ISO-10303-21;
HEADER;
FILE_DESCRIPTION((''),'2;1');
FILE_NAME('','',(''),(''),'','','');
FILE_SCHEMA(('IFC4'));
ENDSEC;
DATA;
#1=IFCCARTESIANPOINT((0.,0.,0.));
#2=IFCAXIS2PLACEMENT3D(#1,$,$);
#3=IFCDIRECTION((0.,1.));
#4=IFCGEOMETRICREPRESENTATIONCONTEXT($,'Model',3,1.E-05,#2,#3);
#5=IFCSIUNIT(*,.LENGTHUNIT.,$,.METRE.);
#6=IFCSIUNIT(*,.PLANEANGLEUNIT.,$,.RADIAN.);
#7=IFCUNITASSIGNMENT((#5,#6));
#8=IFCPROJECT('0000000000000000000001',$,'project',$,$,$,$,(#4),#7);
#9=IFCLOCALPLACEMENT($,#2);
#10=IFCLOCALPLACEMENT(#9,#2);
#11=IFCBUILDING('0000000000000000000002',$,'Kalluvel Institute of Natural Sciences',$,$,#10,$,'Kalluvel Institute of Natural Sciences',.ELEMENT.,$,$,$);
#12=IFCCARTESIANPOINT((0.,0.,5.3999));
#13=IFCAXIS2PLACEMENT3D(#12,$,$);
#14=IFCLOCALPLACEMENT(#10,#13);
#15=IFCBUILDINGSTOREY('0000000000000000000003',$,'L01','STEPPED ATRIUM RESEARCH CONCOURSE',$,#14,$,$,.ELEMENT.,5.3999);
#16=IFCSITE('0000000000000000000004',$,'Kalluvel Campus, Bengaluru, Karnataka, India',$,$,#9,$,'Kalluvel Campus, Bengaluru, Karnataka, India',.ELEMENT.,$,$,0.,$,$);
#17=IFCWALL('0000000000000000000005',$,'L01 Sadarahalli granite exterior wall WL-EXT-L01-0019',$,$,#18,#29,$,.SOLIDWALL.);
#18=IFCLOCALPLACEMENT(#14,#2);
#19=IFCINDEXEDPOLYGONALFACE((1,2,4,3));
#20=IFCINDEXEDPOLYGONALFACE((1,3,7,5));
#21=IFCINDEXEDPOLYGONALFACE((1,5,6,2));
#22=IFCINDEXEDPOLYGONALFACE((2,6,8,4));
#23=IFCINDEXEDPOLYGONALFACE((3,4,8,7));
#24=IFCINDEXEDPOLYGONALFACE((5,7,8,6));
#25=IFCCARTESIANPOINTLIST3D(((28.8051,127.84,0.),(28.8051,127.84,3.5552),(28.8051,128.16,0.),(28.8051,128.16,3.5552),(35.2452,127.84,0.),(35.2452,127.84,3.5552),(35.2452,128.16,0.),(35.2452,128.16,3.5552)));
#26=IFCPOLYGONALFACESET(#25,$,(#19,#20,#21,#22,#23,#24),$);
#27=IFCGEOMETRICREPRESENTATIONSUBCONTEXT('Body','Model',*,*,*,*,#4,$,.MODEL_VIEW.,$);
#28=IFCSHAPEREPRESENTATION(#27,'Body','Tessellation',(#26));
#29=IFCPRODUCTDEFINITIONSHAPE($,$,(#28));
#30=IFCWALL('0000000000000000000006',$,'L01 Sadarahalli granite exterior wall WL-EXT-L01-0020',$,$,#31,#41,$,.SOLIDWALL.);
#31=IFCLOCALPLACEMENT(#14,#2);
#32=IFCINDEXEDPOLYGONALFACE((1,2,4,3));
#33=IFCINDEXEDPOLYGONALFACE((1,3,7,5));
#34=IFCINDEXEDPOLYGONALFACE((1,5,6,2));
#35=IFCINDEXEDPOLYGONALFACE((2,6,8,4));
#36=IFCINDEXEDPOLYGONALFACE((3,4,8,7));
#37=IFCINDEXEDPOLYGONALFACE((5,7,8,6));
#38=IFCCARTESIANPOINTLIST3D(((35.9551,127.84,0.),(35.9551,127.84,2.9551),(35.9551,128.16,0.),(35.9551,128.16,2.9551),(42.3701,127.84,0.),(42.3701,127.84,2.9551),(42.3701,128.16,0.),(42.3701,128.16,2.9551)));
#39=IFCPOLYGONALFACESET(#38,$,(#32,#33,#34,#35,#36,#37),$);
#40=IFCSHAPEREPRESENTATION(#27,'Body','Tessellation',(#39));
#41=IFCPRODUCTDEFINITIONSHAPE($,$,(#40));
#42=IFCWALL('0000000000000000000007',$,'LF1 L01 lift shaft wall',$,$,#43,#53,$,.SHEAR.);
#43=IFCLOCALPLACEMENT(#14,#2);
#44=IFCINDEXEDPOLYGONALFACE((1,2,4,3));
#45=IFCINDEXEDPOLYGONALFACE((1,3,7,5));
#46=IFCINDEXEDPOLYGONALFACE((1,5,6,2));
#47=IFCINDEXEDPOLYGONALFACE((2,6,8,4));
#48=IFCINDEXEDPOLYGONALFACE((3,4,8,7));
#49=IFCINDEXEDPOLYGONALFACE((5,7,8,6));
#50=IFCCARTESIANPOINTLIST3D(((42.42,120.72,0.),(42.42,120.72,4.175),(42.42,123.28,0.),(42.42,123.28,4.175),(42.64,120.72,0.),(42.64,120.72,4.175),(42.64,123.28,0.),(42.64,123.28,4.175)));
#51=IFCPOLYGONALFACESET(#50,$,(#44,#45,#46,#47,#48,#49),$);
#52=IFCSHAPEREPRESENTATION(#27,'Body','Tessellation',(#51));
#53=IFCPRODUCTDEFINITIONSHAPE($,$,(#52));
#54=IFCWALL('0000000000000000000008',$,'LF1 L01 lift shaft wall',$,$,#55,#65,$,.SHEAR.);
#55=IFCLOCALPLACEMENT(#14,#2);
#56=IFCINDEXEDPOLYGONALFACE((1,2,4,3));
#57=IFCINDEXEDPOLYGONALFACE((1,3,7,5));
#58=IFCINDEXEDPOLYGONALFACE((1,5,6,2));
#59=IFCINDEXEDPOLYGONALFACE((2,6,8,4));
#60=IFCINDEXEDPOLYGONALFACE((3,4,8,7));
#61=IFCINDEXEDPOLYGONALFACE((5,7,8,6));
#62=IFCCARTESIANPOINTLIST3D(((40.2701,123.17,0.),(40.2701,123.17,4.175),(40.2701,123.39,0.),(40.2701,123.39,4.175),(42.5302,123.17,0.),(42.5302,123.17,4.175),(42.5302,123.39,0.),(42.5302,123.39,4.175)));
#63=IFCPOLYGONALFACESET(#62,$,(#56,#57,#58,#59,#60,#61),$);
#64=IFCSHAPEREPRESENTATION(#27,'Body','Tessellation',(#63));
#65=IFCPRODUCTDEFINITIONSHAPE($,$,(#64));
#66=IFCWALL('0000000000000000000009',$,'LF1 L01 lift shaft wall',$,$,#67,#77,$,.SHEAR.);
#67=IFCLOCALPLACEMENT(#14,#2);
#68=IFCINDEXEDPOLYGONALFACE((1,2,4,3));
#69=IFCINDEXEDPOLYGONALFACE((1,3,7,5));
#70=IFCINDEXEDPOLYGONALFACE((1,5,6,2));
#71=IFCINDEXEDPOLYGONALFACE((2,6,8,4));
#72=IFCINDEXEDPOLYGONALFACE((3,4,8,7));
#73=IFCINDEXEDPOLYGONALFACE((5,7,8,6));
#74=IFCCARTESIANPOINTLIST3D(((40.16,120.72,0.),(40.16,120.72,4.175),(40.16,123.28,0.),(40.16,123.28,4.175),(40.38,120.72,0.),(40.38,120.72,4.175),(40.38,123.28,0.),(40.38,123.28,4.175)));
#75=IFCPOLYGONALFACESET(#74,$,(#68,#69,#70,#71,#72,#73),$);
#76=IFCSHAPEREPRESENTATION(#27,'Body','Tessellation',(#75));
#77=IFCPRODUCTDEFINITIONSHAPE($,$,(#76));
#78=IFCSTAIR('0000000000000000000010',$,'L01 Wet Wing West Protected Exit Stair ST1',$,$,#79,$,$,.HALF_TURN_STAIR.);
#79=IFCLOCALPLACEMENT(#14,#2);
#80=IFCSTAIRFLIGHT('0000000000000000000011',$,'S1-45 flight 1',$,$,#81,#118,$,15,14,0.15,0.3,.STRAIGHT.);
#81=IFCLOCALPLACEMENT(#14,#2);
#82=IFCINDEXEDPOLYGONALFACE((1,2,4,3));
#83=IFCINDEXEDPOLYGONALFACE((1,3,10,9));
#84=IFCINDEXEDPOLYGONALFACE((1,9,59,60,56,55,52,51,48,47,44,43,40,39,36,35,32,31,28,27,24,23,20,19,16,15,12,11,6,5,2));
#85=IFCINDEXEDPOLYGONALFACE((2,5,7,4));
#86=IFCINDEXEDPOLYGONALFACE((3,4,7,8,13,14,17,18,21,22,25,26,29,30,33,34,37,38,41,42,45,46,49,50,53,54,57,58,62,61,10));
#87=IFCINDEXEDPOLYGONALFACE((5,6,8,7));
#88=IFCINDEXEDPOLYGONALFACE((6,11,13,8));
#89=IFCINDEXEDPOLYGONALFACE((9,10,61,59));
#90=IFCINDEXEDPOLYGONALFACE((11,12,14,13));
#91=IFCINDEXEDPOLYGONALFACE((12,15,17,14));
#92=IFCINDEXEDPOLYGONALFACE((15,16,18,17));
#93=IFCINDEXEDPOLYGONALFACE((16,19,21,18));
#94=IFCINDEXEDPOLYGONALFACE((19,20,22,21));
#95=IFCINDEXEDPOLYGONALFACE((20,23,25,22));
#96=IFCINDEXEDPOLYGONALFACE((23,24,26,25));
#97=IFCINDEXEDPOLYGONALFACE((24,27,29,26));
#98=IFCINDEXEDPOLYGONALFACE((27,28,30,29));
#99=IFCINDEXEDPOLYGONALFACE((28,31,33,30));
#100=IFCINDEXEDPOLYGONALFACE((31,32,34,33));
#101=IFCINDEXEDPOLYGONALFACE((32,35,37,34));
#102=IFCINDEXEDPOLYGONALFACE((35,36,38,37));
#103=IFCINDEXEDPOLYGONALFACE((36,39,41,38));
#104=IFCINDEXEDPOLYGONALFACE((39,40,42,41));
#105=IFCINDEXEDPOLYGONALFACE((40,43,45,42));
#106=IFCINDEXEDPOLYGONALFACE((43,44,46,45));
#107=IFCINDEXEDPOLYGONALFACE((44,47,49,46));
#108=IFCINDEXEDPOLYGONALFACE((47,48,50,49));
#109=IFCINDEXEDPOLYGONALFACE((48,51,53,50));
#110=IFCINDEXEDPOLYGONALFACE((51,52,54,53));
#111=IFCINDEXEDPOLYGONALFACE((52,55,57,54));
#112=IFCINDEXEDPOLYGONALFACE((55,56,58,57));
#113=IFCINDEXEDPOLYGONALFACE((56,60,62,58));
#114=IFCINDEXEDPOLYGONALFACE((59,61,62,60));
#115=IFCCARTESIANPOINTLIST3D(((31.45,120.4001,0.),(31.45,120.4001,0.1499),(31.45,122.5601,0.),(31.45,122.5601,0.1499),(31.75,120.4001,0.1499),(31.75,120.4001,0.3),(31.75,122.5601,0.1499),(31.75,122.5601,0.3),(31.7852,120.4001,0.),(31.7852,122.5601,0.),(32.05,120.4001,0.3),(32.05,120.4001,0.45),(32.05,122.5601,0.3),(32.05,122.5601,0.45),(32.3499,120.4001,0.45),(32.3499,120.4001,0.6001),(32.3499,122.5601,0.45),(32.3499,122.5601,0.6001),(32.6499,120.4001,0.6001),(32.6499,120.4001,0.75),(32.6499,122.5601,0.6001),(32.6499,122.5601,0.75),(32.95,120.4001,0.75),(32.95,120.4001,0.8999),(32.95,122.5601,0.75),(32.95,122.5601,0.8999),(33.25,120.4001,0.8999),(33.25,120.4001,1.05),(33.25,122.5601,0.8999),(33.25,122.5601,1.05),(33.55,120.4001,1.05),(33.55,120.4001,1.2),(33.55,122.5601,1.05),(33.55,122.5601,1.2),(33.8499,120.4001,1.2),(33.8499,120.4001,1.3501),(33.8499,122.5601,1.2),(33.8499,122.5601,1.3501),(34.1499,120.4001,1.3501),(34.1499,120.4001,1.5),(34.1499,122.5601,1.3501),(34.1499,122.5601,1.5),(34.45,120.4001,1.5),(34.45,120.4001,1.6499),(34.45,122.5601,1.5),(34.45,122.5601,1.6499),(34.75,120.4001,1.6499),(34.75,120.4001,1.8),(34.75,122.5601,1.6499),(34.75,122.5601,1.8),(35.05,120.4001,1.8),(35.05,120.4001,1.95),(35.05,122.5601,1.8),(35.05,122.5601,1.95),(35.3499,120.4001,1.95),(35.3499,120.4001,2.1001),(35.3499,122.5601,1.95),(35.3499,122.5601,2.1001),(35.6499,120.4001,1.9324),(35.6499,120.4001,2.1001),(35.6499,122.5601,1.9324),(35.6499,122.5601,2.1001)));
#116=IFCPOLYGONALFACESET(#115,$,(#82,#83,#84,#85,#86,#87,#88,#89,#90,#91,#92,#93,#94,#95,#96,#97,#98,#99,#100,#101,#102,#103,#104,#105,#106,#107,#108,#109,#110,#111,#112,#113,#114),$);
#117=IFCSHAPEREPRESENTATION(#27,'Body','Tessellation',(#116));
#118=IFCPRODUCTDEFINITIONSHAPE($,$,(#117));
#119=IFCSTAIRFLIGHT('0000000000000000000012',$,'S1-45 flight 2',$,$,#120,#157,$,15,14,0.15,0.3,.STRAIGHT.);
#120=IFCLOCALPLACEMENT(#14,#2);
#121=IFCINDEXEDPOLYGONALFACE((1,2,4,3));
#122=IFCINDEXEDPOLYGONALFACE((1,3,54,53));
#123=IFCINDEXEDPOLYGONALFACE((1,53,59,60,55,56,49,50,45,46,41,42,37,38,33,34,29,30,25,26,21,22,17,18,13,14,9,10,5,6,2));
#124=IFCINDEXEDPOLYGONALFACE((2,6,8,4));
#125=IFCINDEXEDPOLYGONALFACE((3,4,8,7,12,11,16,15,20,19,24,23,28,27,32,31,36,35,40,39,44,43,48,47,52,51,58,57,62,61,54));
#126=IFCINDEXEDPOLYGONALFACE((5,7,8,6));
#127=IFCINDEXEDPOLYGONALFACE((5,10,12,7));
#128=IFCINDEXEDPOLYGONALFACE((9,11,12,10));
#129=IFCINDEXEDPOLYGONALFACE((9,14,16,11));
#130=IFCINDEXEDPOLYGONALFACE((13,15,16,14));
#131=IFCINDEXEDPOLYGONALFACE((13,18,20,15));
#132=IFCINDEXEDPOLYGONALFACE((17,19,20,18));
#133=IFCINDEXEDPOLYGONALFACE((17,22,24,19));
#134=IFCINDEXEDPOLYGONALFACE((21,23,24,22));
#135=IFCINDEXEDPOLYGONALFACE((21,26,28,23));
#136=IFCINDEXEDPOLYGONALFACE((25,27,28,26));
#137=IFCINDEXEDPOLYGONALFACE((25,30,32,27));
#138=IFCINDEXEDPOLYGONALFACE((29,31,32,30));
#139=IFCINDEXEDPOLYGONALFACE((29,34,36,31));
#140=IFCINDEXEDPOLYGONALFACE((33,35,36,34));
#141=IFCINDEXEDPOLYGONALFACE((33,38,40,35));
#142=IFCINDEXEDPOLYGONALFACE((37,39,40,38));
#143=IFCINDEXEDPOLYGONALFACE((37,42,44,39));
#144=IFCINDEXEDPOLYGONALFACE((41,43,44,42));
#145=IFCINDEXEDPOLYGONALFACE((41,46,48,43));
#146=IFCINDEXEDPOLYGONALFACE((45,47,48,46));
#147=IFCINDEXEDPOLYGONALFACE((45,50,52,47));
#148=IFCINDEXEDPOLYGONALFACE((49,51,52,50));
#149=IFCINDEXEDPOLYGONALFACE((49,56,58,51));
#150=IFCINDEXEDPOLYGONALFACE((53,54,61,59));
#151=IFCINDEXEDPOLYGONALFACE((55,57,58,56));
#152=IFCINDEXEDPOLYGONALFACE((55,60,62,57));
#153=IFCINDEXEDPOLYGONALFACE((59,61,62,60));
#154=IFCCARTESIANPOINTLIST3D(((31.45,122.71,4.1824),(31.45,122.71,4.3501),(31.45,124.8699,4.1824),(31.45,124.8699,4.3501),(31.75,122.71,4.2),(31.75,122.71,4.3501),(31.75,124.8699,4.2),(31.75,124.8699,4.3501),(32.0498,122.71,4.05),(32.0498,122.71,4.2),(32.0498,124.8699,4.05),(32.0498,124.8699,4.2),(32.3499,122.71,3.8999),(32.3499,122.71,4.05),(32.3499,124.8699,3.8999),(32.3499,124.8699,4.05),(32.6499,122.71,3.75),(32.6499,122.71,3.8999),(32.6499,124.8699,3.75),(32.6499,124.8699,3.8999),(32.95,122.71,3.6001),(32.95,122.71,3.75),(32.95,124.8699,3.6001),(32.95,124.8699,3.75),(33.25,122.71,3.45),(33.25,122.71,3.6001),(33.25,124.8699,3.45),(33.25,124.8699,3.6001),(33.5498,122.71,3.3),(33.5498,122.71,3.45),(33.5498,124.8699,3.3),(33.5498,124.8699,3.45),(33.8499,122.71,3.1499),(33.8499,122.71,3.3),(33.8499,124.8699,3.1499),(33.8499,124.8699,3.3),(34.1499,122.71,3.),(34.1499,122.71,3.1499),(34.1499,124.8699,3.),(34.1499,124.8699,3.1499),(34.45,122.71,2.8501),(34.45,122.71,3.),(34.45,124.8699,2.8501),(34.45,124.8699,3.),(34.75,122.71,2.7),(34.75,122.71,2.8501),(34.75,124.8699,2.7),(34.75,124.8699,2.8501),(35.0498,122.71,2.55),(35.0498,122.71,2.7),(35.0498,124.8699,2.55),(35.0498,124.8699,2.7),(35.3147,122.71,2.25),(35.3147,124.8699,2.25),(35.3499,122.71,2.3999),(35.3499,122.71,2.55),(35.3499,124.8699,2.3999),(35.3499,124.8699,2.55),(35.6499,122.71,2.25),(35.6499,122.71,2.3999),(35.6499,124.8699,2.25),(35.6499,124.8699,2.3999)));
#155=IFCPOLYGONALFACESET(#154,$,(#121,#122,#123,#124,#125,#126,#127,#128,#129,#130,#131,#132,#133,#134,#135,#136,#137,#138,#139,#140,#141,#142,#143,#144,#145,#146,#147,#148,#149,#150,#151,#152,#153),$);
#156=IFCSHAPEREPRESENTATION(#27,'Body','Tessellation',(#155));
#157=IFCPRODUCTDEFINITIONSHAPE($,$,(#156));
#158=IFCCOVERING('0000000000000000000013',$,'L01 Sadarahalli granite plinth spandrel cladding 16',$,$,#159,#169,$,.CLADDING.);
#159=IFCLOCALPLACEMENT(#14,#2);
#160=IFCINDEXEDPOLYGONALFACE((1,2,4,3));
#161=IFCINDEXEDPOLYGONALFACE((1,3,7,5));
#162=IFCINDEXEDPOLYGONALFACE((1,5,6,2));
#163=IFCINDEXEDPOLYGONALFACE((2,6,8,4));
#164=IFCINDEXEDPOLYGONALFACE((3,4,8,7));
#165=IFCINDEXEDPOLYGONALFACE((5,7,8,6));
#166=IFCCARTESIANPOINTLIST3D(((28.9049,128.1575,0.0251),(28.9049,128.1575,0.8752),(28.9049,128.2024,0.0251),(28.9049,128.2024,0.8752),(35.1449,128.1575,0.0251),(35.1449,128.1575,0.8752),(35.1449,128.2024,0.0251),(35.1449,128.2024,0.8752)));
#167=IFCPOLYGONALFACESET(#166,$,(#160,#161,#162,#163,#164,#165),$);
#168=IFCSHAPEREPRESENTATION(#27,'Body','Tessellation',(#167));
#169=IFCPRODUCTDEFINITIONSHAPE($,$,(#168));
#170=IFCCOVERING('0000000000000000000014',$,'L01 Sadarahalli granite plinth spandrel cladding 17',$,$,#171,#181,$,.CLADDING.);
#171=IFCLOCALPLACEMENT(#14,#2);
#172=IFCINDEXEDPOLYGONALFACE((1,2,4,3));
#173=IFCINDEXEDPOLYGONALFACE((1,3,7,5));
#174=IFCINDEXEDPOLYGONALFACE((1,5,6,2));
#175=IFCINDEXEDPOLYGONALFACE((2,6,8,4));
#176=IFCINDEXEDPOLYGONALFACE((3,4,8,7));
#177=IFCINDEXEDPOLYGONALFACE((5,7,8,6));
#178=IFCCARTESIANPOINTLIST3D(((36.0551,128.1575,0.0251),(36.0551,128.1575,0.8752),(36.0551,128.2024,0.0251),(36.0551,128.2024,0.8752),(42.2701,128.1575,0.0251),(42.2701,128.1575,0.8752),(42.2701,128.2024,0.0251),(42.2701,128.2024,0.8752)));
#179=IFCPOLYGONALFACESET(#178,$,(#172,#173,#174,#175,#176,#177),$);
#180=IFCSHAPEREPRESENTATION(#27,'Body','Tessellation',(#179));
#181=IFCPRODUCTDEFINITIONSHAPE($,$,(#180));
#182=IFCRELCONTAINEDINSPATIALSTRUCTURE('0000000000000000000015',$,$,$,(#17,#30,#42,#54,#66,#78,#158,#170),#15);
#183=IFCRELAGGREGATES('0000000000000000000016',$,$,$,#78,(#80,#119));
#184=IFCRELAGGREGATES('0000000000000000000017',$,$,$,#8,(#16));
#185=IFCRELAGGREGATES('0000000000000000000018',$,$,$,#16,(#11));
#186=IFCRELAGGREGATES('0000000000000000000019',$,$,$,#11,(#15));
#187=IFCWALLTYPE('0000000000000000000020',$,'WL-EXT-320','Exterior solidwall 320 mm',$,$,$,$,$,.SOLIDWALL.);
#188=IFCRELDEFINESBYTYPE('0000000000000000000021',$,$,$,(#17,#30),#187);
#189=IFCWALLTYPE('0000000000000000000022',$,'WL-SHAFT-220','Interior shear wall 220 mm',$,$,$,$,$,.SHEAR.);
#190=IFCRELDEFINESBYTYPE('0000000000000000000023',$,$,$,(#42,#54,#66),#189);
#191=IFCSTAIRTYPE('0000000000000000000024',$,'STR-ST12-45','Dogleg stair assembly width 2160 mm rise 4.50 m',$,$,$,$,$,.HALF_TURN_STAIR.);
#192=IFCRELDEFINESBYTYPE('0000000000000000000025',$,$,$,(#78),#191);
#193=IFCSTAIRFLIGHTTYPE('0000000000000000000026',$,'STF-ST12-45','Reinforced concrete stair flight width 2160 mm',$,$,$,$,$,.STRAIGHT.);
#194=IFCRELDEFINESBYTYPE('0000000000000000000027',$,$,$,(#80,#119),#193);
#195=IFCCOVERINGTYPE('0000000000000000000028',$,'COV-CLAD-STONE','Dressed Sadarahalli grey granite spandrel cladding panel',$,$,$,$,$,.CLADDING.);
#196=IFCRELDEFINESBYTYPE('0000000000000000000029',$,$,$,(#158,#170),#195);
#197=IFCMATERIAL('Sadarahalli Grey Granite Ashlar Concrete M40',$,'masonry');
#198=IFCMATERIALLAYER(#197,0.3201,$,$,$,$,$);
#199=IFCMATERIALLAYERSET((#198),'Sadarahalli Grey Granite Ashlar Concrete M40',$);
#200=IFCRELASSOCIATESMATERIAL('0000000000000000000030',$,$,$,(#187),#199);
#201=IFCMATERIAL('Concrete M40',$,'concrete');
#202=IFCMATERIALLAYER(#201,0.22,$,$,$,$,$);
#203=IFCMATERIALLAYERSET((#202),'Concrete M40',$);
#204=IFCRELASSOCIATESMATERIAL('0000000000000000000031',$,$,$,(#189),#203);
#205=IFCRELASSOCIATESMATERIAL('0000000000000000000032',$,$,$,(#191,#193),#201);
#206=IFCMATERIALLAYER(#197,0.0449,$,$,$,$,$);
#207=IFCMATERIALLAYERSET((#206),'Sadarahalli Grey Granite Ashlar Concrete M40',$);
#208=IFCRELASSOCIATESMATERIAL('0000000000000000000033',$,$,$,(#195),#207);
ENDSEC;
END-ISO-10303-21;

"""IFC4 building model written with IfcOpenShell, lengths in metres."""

from ifc_helpers import new_model, si_unit, direction, frame, frame_2d, origin, origin_2d, place, context, subcontext, project, spatial, polyline, rectangle, outline, extrude, material, layer, layer_set, type_object, element, aggregate, save


model = new_model("IFC4")

# Units and contexts
model_context = context("Model", 3, precision=1e-05, world=origin(), true_north=direction((0.0, 1.0)))
body_context = subcontext(model_context, "Body", "Model", "MODEL_VIEW")
ifc_project = project(units=[si_unit("LENGTHUNIT", "METRE"), si_unit("PLANEANGLEUNIT", "RADIAN")], contexts=[model_context])

# Site, building, storey
site_placement = place(None, origin())
site = spatial("IfcSite", under=ifc_project, at=site_placement, Name="Kalluvel Campus, Bengaluru, Karnataka, India", LongName="Kalluvel Campus, Bengaluru, Karnataka, India", CompositionType="ELEMENT", RefElevation=0.0)
building_placement = place(site_placement, origin())
building = spatial("IfcBuilding", under=site, at=building_placement, Name="Kalluvel Institute of Natural Sciences", LongName="Kalluvel Institute of Natural Sciences", CompositionType="ELEMENT")
storey_placement = place(building_placement, frame((0.0, 0.0, 5.3999)))
storey = spatial("IfcBuildingStorey", under=building, at=storey_placement, Name="L01", Description="STEPPED ATRIUM RESEARCH CONCOURSE", CompositionType="ELEMENT", Elevation=5.3999)

# Shared definitions
ifc_material_1 = material(Name="Concrete M40", Category="concrete")

# Walls
ifc_material_2 = material(Name="Sadarahalli Grey Granite Ashlar Concrete M40", Category="masonry")
ifc_layer_1 = layer(ifc_material_2, 0.3201)
ifc_layer_set_1 = layer_set([ifc_layer_1], Name="Sadarahalli Grey Granite Ashlar Concrete M40")
wall_type_1 = type_object("IfcWallType", Name="WL-EXT-320", Description="Exterior solidwall 320 mm", PredefinedType="SOLIDWALL", material=ifc_layer_set_1)
wall_1_placement = place(storey_placement, frame((28.8049, 128.0, 0.0), z_axis=(0.0, 0.0, 1.0), x_axis=(1.0, 0.0, 0.0)))
element("IfcWall", 1, at=wall_1_placement, inside=storey, type_object=wall_type_1, Name="L01 Sadarahalli granite exterior wall WL-EXT-L01-0019", PredefinedType="SOLIDWALL", context=body_context, shape_type="SweptSolid", body=[
    extrude(rectangle(XDim=6.4402, YDim=0.3201, at=frame_2d((3.2202, 0.0))), origin(), (0.0, 0.0, 1.0), 3.5552),
])
wall_2_placement = place(storey_placement, frame((35.9551, 128.0, 0.0), z_axis=(0.0, 0.0, 1.0), x_axis=(1.0, 0.0, 0.0)))
element("IfcWall", 2, at=wall_2_placement, inside=storey, type_object=wall_type_1, Name="L01 Sadarahalli granite exterior wall WL-EXT-L01-0020", PredefinedType="SOLIDWALL", context=body_context, shape_type="SweptSolid", body=[
    extrude(rectangle(XDim=6.415, YDim=0.3201, at=frame_2d((3.2075, 0.0))), origin(), (0.0, 0.0, 1.0), 2.9551),
])

# Shared definitions
ifc_layer_2 = layer(ifc_material_1, 0.22)
ifc_layer_set_2 = layer_set([ifc_layer_2], Name="Concrete M40")
wall_type_2 = type_object("IfcWallType", Name="WL-SHAFT-220", Description="Interior shear wall 220 mm", PredefinedType="SHEAR", material=ifc_layer_set_2)

# Walls
wall_3_placement = place(storey_placement, frame((42.53, 120.72, 0.0), z_axis=(0.0, 0.0, 1.0), x_axis=(0.0, 1.0, 0.0)))
element("IfcWall", 3, at=wall_3_placement, inside=storey, type_object=wall_type_2, Name="LF1 L01 lift shaft wall", PredefinedType="SHEAR", context=body_context, shape_type="SweptSolid", body=[
    extrude(rectangle(XDim=2.5601, YDim=0.22, at=frame_2d((1.28, 0.0))), origin(), (0.0, 0.0, 1.0), 4.175),
])
wall_4_placement = place(storey_placement, frame((42.53, 123.28, 0.0), z_axis=(0.0, 0.0, 1.0), x_axis=(-1.0, 0.0, 0.0)))
element("IfcWall", 4, at=wall_4_placement, inside=storey, type_object=wall_type_2, Name="LF1 L01 lift shaft wall", PredefinedType="SHEAR", context=body_context, shape_type="SweptSolid", body=[
    extrude(rectangle(XDim=2.26, YDim=0.22, at=frame_2d((1.1299, 0.0))), origin(), (0.0, 0.0, 1.0), 4.175),
])
wall_5_placement = place(storey_placement, frame((40.27, 123.28, 0.0), z_axis=(0.0, 0.0, 1.0), x_axis=(0.0, -1.0, 0.0)))
element("IfcWall", 5, at=wall_5_placement, inside=storey, type_object=wall_type_2, Name="LF1 L01 lift shaft wall", PredefinedType="SHEAR", context=body_context, shape_type="SweptSolid", body=[
    extrude(rectangle(XDim=2.5601, YDim=0.22, at=frame_2d((1.28, 0.0))), origin(), (0.0, 0.0, 1.0), 4.175),
])

# Stair, stair flights
stair_type = type_object("IfcStairType", Name="STR-ST12-45", Description="Dogleg stair assembly width 2160 mm rise 4.50 m", PredefinedType="HALF_TURN_STAIR", material=ifc_material_1)
stair_placement = place(storey_placement, origin())
stair = element("IfcStair", 6, at=stair_placement, inside=storey, type_object=stair_type, Name="L01 Wet Wing West Protected Exit Stair ST1", PredefinedType="HALF_TURN_STAIR")
stair_flight_type = type_object("IfcStairFlightType", Name="STF-ST12-45", Description="Reinforced concrete stair flight width 2160 mm", PredefinedType="STRAIGHT", material=ifc_material_1)
stair_flight_1_placement = place(storey_placement, frame((31.45, 121.48, 0.0), z_axis=(0.0, 0.0, 1.0), x_axis=(1.0, 0.0, 0.0)))
stair_flight_1 = element("IfcStairFlight", 7, at=stair_flight_1_placement, type_object=stair_flight_type, Name="S1-45 flight 1", NumberOfRisers=15, NumberOfTreads=14, PredefinedType="STRAIGHT", RiserHeight=0.15, TreadLength=0.3, context=body_context, shape_type="SweptSolid", body=[
    extrude(outline(polyline([(0.0, 0.0), (0.0, 0.1499), (0.3, 0.1499), (0.3, 0.3), (0.6001, 0.3), (0.6001, 0.45), (0.8999, 0.45), (0.8999, 0.6001), (1.2, 0.6001), (1.2, 0.75), (1.5, 0.75), (1.5, 0.8999), (1.8, 0.8999), (1.8, 1.05), (2.1001, 1.05), (2.1001, 1.2), (2.3999, 1.2), (2.3999, 1.3501), (2.7, 1.3501), (2.7, 1.5), (3.0, 1.5), (3.0, 1.6499), (3.3, 1.6499), (3.3, 1.8), (3.6001, 1.8), (3.6001, 1.95), (3.8999, 1.95), (3.8999, 2.1001), (4.2, 2.1001), (4.2, 2.25), (4.2, 1.9324), (0.3352, 0.0), (0.0, 0.0)])), frame((0.0, 1.0801, 0.0), z_axis=(0.0, -1.0, 0.0), x_axis=(1.0, 0.0, 0.0)), (0.0, 0.0, 1.0), 2.1599),
])
stair_flight_2_placement = place(storey_placement, frame((35.6499, 123.79, 2.25), z_axis=(0.0, 0.0, 1.0), x_axis=(-1.0, 0.0, 0.0)))
stair_flight_2 = element("IfcStairFlight", 8, at=stair_flight_2_placement, type_object=stair_flight_type, Name="S1-45 flight 2", NumberOfRisers=15, NumberOfTreads=14, PredefinedType="STRAIGHT", RiserHeight=0.15, TreadLength=0.3, context=body_context, shape_type="SweptSolid", body=[
    extrude(outline(polyline([(0.0, 0.0), (0.0, 0.1499), (0.3, 0.1499), (0.3, 0.3), (0.6001, 0.3), (0.6001, 0.45), (0.8999, 0.45), (0.8999, 0.6001), (1.2, 0.6001), (1.2, 0.75), (1.5, 0.75), (1.5, 0.8999), (1.8, 0.8999), (1.8, 1.05), (2.1001, 1.05), (2.1001, 1.2), (2.3999, 1.2), (2.3999, 1.3501), (2.7, 1.3501), (2.7, 1.5), (3.0, 1.5), (3.0, 1.6499), (3.3, 1.6499), (3.3, 1.8), (3.6001, 1.8), (3.6001, 1.95), (3.8999, 1.95), (3.8999, 2.1001), (4.2, 2.1001), (4.2, 2.25), (4.2, 1.9324), (0.3352, 0.0), (0.0, 0.0)])), frame((0.0, 1.0801, 0.0), z_axis=(0.0, -1.0, 0.0), x_axis=(1.0, 0.0, 0.0)), (0.0, 0.0, 1.0), 2.1599),
])
aggregate(stair, [stair_flight_1, stair_flight_2])

# Coverings
ifc_layer_3 = layer(ifc_material_2, 0.0449)
ifc_layer_set_3 = layer_set([ifc_layer_3], Name="Sadarahalli Grey Granite Ashlar Concrete M40")
covering_type = type_object("IfcCoveringType", Name="COV-CLAD-STONE", Description="Dressed Sadarahalli grey granite spandrel cladding panel", PredefinedType="CLADDING", material=ifc_layer_set_3)
covering_1_placement = place(storey_placement, frame((32.0249, 128.1799, 0.0251), z_axis=(0.0, 0.0, 1.0), x_axis=(1.0, 0.0, 0.0)))
element("IfcCovering", 9, at=covering_1_placement, inside=storey, type_object=covering_type, Name="L01 Sadarahalli granite plinth spandrel cladding 16", PredefinedType="CLADDING", context=body_context, shape_type="SweptSolid", body=[
    extrude(rectangle(XDim=6.24, YDim=0.0449, at=origin_2d()), origin(), (0.0, 0.0, 1.0), 0.8501),
])
covering_2_placement = place(storey_placement, frame((39.1626, 128.1799, 0.0251), z_axis=(0.0, 0.0, 1.0), x_axis=(1.0, 0.0, 0.0)))
element("IfcCovering", 10, at=covering_2_placement, inside=storey, type_object=covering_type, Name="L01 Sadarahalli granite plinth spandrel cladding 17", PredefinedType="CLADDING", context=body_context, shape_type="SweptSolid", body=[
    extrude(rectangle(XDim=6.2151, YDim=0.0449, at=origin_2d()), origin(), (0.0, 0.0, 1.0), 0.8501),
])

save(model, "model.ifc")
